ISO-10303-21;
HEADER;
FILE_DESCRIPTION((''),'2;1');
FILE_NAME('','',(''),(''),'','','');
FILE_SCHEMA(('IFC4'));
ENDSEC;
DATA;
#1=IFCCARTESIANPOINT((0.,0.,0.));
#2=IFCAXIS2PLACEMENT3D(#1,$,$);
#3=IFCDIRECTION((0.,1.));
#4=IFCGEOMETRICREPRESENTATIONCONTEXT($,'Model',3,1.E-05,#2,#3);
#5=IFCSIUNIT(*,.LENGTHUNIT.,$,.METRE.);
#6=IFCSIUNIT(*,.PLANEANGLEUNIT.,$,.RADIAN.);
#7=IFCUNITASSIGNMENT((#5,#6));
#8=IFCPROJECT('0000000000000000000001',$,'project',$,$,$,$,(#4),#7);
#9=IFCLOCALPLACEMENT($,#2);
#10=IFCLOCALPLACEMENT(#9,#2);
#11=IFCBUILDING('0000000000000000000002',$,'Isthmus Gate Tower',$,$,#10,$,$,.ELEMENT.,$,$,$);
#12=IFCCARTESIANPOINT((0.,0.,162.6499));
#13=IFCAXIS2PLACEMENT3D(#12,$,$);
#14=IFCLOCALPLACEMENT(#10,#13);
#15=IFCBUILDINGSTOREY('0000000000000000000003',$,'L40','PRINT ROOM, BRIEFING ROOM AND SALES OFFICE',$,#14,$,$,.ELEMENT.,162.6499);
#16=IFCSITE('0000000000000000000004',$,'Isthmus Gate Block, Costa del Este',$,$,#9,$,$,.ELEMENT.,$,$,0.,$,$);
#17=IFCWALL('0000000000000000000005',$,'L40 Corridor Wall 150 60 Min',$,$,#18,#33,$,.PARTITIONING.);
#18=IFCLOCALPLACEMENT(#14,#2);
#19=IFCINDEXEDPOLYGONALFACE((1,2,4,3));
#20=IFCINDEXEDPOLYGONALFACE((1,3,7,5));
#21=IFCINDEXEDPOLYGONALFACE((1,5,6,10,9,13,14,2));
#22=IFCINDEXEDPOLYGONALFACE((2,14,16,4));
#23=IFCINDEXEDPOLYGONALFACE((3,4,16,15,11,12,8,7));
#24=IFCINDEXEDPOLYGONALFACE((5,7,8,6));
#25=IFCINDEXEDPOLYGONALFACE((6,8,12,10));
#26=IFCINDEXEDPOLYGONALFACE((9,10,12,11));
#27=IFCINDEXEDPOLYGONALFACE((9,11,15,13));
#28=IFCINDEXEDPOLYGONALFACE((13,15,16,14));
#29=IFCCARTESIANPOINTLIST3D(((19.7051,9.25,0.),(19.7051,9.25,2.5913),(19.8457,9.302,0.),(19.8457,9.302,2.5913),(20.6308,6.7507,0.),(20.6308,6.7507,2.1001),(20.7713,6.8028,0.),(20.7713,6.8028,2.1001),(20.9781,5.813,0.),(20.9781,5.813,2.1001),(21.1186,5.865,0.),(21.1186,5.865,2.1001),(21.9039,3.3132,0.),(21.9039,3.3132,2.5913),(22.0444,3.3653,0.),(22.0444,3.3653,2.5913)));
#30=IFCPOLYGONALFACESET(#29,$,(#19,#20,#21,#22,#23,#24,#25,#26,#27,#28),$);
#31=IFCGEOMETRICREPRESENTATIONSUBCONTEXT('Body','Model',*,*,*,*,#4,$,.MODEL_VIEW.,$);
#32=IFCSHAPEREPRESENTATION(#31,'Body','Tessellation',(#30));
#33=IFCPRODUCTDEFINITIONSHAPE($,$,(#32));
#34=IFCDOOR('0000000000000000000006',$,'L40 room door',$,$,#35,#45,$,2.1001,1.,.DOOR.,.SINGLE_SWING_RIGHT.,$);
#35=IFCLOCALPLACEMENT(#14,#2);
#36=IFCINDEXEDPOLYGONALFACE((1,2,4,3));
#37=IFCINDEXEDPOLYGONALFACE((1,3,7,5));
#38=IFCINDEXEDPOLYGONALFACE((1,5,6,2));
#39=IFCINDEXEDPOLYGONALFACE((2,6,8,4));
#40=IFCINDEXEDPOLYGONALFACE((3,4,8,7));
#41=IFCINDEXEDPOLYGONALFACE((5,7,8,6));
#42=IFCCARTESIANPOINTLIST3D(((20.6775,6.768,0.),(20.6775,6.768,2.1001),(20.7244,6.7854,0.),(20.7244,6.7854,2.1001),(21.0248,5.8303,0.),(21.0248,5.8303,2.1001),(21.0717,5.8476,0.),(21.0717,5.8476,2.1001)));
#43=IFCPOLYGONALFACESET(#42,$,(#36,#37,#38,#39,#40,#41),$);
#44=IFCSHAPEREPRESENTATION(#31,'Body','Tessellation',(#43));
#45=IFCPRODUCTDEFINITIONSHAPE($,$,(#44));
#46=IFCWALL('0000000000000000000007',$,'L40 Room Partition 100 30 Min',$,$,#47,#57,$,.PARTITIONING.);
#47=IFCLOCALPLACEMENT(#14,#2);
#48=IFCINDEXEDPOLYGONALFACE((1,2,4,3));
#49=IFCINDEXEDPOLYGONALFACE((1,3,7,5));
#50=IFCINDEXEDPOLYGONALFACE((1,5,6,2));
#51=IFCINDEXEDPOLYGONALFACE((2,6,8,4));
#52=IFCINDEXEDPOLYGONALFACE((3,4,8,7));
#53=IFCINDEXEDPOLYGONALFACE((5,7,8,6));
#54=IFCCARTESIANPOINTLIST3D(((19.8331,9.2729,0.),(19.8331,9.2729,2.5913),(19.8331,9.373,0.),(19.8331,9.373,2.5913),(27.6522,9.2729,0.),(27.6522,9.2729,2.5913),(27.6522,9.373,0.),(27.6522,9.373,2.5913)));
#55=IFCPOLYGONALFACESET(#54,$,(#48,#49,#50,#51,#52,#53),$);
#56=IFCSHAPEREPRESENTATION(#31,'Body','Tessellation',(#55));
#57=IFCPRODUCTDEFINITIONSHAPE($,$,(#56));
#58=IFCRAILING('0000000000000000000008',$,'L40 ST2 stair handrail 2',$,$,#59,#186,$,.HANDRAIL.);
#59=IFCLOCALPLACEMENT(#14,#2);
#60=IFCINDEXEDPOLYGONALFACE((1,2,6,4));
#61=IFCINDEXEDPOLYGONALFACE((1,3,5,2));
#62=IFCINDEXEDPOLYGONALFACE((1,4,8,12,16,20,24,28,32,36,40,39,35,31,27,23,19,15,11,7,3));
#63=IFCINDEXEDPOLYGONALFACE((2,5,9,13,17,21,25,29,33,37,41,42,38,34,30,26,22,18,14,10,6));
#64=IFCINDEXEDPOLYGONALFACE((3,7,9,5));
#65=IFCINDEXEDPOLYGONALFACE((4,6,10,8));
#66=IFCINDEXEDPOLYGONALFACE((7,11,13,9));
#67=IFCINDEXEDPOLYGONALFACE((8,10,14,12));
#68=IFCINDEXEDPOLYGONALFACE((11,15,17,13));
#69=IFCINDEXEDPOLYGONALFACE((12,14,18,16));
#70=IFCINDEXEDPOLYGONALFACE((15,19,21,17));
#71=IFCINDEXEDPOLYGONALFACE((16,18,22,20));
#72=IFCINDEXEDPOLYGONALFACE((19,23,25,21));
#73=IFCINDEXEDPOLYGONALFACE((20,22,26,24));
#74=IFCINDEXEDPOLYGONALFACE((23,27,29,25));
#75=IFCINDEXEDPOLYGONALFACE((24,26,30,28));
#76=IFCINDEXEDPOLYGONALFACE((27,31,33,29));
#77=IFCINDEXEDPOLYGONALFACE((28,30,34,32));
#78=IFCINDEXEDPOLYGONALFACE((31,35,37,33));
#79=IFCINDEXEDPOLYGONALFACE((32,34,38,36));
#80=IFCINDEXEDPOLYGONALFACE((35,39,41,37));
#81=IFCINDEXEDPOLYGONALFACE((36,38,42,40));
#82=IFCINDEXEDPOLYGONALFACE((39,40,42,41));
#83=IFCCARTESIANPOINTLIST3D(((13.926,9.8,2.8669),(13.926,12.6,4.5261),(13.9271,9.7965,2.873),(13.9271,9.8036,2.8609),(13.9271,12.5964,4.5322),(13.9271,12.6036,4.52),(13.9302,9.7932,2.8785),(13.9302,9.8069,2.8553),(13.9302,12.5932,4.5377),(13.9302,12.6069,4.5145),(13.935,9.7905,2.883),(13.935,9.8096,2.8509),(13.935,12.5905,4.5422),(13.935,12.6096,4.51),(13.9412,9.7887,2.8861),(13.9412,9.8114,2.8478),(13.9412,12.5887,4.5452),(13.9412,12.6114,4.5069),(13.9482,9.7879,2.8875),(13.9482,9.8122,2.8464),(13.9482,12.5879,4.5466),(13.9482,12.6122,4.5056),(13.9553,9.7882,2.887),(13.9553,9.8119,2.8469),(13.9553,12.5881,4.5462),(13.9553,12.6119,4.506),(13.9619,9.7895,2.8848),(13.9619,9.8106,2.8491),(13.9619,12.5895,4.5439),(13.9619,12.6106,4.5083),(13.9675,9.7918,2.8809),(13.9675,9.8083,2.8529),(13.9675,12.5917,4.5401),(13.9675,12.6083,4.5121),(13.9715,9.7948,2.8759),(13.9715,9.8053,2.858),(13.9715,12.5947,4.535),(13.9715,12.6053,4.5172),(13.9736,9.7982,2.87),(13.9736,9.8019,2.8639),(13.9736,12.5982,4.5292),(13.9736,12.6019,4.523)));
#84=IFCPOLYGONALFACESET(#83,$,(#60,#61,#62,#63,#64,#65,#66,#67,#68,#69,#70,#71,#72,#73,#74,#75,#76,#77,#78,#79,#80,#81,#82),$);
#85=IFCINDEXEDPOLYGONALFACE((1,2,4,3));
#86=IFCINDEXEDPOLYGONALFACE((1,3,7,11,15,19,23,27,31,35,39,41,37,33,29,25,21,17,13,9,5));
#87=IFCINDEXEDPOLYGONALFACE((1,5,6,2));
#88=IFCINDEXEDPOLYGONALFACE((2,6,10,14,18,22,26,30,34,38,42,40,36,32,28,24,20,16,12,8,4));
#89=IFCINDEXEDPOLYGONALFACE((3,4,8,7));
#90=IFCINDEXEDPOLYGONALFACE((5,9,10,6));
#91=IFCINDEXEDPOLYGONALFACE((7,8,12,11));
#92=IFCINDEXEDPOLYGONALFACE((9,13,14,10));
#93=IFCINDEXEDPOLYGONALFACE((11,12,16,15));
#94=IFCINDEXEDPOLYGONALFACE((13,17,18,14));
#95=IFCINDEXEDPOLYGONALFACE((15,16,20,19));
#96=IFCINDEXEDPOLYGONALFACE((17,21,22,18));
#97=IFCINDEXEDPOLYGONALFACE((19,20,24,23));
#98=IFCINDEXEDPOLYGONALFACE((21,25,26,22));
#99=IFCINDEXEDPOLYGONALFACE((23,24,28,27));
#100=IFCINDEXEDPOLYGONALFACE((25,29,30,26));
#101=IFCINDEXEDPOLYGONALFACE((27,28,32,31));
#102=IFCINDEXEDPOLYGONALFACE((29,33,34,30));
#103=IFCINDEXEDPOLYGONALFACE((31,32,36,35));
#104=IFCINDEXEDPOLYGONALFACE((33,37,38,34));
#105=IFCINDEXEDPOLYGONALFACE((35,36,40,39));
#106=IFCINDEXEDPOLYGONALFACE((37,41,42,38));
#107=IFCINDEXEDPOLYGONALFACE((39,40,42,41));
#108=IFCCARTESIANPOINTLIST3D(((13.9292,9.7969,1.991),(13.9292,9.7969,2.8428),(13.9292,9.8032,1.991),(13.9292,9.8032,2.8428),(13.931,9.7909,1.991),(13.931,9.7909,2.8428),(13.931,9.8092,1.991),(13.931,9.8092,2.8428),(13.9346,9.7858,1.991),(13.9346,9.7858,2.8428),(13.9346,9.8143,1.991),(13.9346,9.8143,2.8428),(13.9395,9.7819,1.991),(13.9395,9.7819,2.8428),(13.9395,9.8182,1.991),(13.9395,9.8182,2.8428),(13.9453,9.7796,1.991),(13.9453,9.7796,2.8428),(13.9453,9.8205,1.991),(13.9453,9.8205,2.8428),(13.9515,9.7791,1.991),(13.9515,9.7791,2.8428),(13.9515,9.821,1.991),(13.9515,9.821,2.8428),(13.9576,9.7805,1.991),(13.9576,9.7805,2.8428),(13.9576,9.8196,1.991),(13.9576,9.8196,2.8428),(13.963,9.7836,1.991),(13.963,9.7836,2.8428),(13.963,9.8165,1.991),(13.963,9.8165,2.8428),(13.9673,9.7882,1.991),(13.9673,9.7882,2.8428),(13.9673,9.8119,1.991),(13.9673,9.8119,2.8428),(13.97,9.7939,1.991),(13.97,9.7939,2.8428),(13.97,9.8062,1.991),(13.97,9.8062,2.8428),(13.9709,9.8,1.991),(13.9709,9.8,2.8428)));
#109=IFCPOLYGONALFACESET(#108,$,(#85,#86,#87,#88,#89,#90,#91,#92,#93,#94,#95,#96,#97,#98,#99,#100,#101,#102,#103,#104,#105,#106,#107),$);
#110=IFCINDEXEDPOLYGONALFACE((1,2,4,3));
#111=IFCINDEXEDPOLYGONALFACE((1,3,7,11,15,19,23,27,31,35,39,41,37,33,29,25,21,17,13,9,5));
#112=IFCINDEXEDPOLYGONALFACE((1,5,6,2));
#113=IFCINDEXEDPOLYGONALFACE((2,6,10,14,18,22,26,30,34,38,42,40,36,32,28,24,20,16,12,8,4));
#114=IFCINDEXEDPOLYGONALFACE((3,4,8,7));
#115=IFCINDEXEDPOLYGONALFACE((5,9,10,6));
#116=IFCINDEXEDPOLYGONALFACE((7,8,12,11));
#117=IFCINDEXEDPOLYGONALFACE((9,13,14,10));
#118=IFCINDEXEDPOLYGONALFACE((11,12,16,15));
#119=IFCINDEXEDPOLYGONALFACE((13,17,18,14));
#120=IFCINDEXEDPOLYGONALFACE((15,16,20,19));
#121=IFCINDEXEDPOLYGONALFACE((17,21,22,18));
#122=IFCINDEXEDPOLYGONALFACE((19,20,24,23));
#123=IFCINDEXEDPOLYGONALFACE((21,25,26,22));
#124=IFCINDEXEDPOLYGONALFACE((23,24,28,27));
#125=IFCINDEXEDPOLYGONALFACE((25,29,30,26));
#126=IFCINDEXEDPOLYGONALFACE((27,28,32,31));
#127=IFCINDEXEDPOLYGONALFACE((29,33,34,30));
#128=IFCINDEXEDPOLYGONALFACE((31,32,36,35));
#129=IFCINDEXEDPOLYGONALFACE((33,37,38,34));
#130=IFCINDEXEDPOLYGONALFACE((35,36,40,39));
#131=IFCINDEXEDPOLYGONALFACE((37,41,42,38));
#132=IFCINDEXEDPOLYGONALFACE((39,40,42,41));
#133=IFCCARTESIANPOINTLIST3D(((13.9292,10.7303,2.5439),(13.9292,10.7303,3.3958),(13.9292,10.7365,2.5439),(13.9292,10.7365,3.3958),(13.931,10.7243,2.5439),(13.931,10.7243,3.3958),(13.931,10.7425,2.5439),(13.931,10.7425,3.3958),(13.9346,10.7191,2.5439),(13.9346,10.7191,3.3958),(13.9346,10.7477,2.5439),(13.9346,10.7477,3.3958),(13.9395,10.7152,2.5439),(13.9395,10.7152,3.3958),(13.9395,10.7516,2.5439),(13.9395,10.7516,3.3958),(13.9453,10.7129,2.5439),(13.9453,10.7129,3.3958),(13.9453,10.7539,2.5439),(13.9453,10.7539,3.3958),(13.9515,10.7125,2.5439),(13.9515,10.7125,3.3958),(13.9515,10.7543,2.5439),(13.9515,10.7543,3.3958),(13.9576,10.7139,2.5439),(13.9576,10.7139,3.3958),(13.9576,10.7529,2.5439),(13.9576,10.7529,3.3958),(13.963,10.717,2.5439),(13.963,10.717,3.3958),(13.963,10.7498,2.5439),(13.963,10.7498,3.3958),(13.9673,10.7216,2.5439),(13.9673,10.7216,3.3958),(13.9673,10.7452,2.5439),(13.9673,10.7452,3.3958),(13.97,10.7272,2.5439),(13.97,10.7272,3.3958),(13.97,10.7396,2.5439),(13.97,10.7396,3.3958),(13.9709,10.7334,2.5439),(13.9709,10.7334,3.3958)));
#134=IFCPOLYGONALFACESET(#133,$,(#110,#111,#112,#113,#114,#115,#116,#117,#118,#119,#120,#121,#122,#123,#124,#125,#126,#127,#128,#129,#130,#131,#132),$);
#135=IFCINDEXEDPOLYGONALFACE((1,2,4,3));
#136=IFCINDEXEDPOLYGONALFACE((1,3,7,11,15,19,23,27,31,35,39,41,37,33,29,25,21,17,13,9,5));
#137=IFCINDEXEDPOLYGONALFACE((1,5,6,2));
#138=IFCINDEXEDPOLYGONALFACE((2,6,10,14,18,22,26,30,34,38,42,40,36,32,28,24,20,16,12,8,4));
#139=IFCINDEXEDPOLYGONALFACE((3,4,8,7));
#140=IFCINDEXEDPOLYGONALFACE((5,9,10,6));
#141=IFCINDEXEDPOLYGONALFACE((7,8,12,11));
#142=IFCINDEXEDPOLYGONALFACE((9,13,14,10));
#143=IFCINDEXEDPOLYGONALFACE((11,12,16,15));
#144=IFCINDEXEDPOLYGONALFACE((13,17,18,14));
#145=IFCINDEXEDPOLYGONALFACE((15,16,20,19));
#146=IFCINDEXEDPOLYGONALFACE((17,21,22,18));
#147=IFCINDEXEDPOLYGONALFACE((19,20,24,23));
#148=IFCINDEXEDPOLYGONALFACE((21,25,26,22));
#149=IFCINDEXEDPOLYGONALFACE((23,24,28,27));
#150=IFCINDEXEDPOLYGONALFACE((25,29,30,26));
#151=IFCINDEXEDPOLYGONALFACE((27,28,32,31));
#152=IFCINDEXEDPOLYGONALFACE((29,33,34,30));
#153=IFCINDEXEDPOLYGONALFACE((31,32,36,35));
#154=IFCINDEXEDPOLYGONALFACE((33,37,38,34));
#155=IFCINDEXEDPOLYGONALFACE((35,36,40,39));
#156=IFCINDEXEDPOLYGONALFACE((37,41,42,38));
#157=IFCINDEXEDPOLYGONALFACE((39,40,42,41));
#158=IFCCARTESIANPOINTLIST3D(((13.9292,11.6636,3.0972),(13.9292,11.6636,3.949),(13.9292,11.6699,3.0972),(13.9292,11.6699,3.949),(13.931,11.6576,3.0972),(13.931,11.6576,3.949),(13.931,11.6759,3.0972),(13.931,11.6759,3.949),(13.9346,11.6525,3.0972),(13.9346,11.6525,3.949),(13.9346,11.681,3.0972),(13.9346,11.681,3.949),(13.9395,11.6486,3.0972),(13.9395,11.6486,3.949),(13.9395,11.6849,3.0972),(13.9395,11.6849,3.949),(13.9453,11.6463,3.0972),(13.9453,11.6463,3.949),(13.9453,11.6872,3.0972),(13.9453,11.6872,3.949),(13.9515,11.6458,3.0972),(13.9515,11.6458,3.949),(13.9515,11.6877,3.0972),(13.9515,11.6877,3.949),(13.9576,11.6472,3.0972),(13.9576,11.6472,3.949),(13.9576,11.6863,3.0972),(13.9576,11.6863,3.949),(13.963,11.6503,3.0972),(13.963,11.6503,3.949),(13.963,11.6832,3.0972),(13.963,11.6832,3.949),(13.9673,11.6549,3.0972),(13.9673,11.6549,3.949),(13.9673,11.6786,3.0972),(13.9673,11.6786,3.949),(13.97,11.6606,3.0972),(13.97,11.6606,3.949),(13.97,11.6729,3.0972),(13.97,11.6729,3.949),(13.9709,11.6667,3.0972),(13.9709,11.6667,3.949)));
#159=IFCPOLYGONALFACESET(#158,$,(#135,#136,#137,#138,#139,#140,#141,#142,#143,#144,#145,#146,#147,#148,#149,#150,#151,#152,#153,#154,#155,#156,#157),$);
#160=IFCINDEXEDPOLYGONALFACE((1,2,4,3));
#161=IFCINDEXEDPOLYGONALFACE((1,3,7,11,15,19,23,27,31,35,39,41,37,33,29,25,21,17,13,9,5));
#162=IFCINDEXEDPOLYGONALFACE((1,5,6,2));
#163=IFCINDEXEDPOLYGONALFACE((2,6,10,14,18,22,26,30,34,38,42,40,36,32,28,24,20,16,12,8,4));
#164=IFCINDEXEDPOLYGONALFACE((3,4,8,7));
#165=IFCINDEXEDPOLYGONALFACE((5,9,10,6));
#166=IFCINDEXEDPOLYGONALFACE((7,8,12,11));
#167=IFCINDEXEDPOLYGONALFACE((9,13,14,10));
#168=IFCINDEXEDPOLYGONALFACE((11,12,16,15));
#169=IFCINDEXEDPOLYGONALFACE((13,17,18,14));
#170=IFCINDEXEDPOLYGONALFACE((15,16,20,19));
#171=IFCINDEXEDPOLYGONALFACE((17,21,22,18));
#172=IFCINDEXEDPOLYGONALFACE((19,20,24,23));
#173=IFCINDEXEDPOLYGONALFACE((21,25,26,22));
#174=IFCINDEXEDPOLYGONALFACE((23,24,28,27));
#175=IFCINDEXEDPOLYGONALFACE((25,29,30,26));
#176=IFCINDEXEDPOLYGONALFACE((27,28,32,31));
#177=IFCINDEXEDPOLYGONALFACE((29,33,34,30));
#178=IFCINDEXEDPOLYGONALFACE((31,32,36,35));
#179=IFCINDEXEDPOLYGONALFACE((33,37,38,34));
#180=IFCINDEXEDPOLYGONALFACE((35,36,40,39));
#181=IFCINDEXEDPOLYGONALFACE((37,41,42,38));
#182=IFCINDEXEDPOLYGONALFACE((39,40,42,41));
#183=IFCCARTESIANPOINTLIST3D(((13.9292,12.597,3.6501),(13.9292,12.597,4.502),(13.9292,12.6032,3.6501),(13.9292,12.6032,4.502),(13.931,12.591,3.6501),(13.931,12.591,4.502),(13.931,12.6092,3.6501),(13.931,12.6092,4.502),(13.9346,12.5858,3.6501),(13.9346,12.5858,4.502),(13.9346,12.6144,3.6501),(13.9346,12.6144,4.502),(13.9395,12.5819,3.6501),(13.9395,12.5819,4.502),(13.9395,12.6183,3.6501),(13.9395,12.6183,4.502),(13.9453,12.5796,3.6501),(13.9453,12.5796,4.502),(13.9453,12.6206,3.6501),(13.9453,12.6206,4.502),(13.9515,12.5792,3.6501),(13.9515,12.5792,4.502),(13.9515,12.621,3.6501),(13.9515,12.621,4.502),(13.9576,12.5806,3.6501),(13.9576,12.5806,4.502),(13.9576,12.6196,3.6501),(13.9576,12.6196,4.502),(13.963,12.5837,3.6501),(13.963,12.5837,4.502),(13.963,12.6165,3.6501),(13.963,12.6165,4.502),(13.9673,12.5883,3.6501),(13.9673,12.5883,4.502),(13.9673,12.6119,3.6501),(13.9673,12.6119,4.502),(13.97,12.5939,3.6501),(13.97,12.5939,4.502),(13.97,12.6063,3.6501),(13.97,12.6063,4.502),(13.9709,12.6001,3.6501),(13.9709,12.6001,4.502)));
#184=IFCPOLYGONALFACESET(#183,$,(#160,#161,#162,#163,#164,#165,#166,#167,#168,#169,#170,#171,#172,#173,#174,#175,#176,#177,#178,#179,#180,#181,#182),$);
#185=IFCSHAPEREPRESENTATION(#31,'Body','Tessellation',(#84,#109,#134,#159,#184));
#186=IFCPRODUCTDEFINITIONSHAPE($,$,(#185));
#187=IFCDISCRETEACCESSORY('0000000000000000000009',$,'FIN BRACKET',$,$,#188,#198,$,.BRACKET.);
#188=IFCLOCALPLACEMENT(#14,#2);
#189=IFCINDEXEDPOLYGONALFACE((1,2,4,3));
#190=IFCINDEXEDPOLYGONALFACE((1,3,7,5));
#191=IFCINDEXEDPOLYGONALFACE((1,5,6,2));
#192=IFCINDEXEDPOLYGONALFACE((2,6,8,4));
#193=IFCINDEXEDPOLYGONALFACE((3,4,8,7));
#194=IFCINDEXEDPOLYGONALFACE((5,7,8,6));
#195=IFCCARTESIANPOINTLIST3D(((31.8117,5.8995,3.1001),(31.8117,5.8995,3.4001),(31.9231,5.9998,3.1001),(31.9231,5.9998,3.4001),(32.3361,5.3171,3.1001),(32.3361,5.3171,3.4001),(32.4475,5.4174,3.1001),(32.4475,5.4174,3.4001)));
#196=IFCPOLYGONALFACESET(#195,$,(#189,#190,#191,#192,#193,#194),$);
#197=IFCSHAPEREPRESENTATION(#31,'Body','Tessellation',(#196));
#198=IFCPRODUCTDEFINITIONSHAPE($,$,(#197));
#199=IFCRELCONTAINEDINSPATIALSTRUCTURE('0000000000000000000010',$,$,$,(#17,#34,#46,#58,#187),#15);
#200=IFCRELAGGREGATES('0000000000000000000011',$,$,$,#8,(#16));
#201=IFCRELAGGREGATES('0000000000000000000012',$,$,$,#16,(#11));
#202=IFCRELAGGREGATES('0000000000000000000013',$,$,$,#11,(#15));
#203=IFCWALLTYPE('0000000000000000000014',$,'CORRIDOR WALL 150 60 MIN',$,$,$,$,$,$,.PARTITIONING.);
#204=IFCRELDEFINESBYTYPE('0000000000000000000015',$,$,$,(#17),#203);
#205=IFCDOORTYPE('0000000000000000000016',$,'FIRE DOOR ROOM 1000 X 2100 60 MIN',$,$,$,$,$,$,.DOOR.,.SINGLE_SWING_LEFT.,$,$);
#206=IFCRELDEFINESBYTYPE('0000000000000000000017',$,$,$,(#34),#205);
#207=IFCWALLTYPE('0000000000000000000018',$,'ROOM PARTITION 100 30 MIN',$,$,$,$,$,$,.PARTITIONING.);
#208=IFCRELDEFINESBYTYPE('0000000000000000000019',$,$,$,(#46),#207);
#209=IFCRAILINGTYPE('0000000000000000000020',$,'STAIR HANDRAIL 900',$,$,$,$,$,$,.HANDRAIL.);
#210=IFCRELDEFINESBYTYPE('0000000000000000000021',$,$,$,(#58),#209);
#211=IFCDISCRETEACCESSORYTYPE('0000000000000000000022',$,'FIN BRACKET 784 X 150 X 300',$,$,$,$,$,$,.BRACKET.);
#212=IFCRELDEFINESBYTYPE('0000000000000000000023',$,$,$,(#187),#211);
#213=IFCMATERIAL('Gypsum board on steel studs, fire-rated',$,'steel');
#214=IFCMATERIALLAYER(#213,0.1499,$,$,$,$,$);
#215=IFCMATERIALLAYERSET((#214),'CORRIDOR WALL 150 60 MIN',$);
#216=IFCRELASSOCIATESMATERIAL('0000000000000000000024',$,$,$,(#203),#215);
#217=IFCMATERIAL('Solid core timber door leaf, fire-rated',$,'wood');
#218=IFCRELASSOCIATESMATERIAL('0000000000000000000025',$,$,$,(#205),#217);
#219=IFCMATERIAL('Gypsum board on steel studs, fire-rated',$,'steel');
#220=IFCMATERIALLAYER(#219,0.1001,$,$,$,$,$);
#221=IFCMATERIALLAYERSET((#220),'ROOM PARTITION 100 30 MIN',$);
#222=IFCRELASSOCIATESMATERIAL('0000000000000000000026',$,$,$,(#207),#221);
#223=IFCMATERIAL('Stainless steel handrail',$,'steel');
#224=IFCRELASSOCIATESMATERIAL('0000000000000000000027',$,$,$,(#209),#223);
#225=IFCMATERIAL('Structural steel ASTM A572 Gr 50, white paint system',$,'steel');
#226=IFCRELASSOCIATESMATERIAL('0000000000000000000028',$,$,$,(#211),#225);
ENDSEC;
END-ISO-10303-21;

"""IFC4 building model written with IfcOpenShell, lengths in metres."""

from ifc_helpers import new_model, si_unit, direction, frame, frame_2d, origin, origin_2d, place, context, subcontext, project, spatial, rectangle, circle, extrude, material, layer, layer_set, type_object, element, fill, save


model = new_model("IFC4")

# Units and contexts
model_context = context("Model", 3, precision=1e-05, world=origin(), true_north=direction((0.0, 1.0)))
body_context = subcontext(model_context, "Body", "Model", "MODEL_VIEW")
ifc_project = project(units=[si_unit("LENGTHUNIT", "METRE"), si_unit("PLANEANGLEUNIT", "RADIAN")], contexts=[model_context])

# Site, building, storey
site_placement = place(None, origin())
site = spatial("IfcSite", under=ifc_project, at=site_placement, Name="Isthmus Gate Block, Costa del Este", CompositionType="ELEMENT", RefElevation=0.0)
building_placement = place(site_placement, origin())
building = spatial("IfcBuilding", under=site, at=building_placement, Name="Isthmus Gate Tower", CompositionType="ELEMENT")
storey_placement = place(building_placement, frame((0.0, 0.0, 162.6499)))
storey = spatial("IfcBuildingStorey", under=building, at=storey_placement, Name="L40", Description="PRINT ROOM, BRIEFING ROOM AND SALES OFFICE", CompositionType="ELEMENT", Elevation=162.6499)

# Shared definitions
ifc_material_1 = material(Name="Gypsum board on steel studs, fire-rated", Category="steel")
ifc_layer_1 = layer(ifc_material_1, 0.1499)
ifc_layer_set_1 = layer_set([ifc_layer_1], Name="CORRIDOR WALL 150 60 MIN")
wall_type_1 = type_object("IfcWallType", Name="CORRIDOR WALL 150 60 MIN", PredefinedType="PARTITIONING", material=ifc_layer_set_1)
ifc_material_2 = material(Name="Solid core timber door leaf, fire-rated", Category="wood")
door_type = type_object("IfcDoorType", Name="FIRE DOOR ROOM 1000 X 2100 60 MIN", OperationType="SINGLE_SWING_LEFT", PredefinedType="DOOR", material=ifc_material_2)

# Wall, opening, door
wall_1_placement = place(storey_placement, frame((19.7754, 9.2761, 0.0), z_axis=(0.0, 0.0, 1.0), x_axis=(0.347304, -0.937752, 0.0)))
wall_1 = element("IfcWall", 1, at=wall_1_placement, inside=storey, type_object=wall_type_1, Name="L40 Corridor Wall 150 60 Min", PredefinedType="PARTITIONING", context=body_context, shape_type="SweptSolid", body=[
    extrude(rectangle(XDim=6.3308, YDim=0.1499, at=frame_2d((3.1655, 0.0))), origin(), (0.0, 0.0, 1.0), 2.5913),
])
opening_1_placement = place(wall_1_placement, frame((2.6653, 0.0, 0.0)))
opening_1 = element("IfcOpeningElement", 2, at=opening_1_placement, cuts=wall_1, PredefinedType="OPENING", context=body_context, shape_type="SweptSolid", body=[
    extrude(rectangle(XDim=1.0, YDim=2.1001, at=frame_2d((0.5, 1.05))), frame((0.0, 0.085, 0.0), z_axis=(0.0, -1.0, 0.0), x_axis=(1.0, 0.0, 0.0)), (0.0, 0.0, 1.0), 0.1699),
])
door_1_placement = place(opening_1_placement, origin())
door_1 = element("IfcDoor", 3, at=door_1_placement, inside=storey, type_object=door_type, Name="L40 room door", OperationType="SINGLE_SWING_RIGHT", OverallHeight=2.1001, OverallWidth=1.0, PredefinedType="DOOR", context=body_context, shape_type="SweptSolid", body=[
    extrude(rectangle(XDim=1.0, YDim=2.1001, at=frame_2d((0.5, 1.05))), frame((0.0, 0.0249, 0.0), z_axis=(0.0, -1.0, 0.0), x_axis=(1.0, 0.0, 0.0)), (0.0, 0.0, 1.0), 0.05),
])
fill(opening_1, door_1)

# Wall
ifc_material_3 = material(Name="Gypsum board on steel studs, fire-rated", Category="steel")
ifc_layer_2 = layer(ifc_material_3, 0.1001)
ifc_layer_set_2 = layer_set([ifc_layer_2], Name="ROOM PARTITION 100 30 MIN")
wall_type_2 = type_object("IfcWallType", Name="ROOM PARTITION 100 30 MIN", PredefinedType="PARTITIONING", material=ifc_layer_set_2)
wall_2_placement = place(storey_placement, frame((19.833, 9.323, 0.0), z_axis=(0.0, 0.0, 1.0), x_axis=(1.0, 0.0, 0.0)))
element("IfcWall", 4, at=wall_2_placement, inside=storey, type_object=wall_type_2, Name="L40 Room Partition 100 30 Min", PredefinedType="PARTITIONING", context=body_context, shape_type="SweptSolid", body=[
    extrude(rectangle(XDim=7.8191, YDim=0.1001, at=frame_2d((3.9097, 0.0))), origin(), (0.0, 0.0, 1.0), 2.5913),
])

# Railing
ifc_material_4 = material(Name="Stainless steel handrail", Category="steel")
railing_type = type_object("IfcRailingType", Name="STAIR HANDRAIL 900", PredefinedType="HANDRAIL", material=ifc_material_4)
railing_placement = place(storey_placement, frame((13.95, 9.8, 1.991)))
element("IfcRailing", 5, at=railing_placement, inside=storey, type_object=railing_type, Name="L40 ST2 stair handrail 2", PredefinedType="HANDRAIL", context=body_context, shape_type="SweptSolid", body=[
    extrude(circle(Radius=0.0239, at=origin_2d()), frame((0.0, 0.0, 0.876), z_axis=(0.0, 0.860306, 0.509778), x_axis=(-1.0, 0.0, 0.0)), (0.0, 0.0, 1.0), 3.2546),
    extrude(circle(Radius=0.021, at=origin_2d()), origin(), (0.0, 0.0, 1.0), 0.8518),
    extrude(circle(Radius=0.021, at=origin_2d()), frame((0.0, 0.9333, 0.553)), (0.0, 0.0, 1.0), 0.8518),
    extrude(circle(Radius=0.021, at=origin_2d()), frame((0.0, 1.8667, 1.1062)), (0.0, 0.0, 1.0), 0.8518),
    extrude(circle(Radius=0.021, at=origin_2d()), frame((0.0, 2.8, 1.6592)), (0.0, 0.0, 1.0), 0.8518),
])

# Discrete accessory
ifc_material_5 = material(Name="Structural steel ASTM A572 Gr 50, white paint system", Category="steel")
discrete_accessory_type = type_object("IfcDiscreteAccessoryType", Name="FIN BRACKET 784 X 150 X 300", PredefinedType="BRACKET", material=ifc_material_5)
for number, where, z_axis, x_axis, name in (
    (6, (32.1296, 5.6584, 3.1001), (0.0, 0.0, 1.0), (0.743145, 0.669131, 0.0), "FIN BRACKET"),
):
    element("IfcDiscreteAccessory", number, at=place(storey_placement, frame(where, z_axis=z_axis, x_axis=x_axis)), inside=storey, type_object=discrete_accessory_type, Name=name, PredefinedType="BRACKET", context=body_context, shape_type="SweptSolid", body=[
        extrude(rectangle(XDim=0.1499, YDim=0.7837, at=origin_2d()), origin(), (0.0, 0.0, 1.0), 0.3),
    ])

save(model, "model.ifc")
